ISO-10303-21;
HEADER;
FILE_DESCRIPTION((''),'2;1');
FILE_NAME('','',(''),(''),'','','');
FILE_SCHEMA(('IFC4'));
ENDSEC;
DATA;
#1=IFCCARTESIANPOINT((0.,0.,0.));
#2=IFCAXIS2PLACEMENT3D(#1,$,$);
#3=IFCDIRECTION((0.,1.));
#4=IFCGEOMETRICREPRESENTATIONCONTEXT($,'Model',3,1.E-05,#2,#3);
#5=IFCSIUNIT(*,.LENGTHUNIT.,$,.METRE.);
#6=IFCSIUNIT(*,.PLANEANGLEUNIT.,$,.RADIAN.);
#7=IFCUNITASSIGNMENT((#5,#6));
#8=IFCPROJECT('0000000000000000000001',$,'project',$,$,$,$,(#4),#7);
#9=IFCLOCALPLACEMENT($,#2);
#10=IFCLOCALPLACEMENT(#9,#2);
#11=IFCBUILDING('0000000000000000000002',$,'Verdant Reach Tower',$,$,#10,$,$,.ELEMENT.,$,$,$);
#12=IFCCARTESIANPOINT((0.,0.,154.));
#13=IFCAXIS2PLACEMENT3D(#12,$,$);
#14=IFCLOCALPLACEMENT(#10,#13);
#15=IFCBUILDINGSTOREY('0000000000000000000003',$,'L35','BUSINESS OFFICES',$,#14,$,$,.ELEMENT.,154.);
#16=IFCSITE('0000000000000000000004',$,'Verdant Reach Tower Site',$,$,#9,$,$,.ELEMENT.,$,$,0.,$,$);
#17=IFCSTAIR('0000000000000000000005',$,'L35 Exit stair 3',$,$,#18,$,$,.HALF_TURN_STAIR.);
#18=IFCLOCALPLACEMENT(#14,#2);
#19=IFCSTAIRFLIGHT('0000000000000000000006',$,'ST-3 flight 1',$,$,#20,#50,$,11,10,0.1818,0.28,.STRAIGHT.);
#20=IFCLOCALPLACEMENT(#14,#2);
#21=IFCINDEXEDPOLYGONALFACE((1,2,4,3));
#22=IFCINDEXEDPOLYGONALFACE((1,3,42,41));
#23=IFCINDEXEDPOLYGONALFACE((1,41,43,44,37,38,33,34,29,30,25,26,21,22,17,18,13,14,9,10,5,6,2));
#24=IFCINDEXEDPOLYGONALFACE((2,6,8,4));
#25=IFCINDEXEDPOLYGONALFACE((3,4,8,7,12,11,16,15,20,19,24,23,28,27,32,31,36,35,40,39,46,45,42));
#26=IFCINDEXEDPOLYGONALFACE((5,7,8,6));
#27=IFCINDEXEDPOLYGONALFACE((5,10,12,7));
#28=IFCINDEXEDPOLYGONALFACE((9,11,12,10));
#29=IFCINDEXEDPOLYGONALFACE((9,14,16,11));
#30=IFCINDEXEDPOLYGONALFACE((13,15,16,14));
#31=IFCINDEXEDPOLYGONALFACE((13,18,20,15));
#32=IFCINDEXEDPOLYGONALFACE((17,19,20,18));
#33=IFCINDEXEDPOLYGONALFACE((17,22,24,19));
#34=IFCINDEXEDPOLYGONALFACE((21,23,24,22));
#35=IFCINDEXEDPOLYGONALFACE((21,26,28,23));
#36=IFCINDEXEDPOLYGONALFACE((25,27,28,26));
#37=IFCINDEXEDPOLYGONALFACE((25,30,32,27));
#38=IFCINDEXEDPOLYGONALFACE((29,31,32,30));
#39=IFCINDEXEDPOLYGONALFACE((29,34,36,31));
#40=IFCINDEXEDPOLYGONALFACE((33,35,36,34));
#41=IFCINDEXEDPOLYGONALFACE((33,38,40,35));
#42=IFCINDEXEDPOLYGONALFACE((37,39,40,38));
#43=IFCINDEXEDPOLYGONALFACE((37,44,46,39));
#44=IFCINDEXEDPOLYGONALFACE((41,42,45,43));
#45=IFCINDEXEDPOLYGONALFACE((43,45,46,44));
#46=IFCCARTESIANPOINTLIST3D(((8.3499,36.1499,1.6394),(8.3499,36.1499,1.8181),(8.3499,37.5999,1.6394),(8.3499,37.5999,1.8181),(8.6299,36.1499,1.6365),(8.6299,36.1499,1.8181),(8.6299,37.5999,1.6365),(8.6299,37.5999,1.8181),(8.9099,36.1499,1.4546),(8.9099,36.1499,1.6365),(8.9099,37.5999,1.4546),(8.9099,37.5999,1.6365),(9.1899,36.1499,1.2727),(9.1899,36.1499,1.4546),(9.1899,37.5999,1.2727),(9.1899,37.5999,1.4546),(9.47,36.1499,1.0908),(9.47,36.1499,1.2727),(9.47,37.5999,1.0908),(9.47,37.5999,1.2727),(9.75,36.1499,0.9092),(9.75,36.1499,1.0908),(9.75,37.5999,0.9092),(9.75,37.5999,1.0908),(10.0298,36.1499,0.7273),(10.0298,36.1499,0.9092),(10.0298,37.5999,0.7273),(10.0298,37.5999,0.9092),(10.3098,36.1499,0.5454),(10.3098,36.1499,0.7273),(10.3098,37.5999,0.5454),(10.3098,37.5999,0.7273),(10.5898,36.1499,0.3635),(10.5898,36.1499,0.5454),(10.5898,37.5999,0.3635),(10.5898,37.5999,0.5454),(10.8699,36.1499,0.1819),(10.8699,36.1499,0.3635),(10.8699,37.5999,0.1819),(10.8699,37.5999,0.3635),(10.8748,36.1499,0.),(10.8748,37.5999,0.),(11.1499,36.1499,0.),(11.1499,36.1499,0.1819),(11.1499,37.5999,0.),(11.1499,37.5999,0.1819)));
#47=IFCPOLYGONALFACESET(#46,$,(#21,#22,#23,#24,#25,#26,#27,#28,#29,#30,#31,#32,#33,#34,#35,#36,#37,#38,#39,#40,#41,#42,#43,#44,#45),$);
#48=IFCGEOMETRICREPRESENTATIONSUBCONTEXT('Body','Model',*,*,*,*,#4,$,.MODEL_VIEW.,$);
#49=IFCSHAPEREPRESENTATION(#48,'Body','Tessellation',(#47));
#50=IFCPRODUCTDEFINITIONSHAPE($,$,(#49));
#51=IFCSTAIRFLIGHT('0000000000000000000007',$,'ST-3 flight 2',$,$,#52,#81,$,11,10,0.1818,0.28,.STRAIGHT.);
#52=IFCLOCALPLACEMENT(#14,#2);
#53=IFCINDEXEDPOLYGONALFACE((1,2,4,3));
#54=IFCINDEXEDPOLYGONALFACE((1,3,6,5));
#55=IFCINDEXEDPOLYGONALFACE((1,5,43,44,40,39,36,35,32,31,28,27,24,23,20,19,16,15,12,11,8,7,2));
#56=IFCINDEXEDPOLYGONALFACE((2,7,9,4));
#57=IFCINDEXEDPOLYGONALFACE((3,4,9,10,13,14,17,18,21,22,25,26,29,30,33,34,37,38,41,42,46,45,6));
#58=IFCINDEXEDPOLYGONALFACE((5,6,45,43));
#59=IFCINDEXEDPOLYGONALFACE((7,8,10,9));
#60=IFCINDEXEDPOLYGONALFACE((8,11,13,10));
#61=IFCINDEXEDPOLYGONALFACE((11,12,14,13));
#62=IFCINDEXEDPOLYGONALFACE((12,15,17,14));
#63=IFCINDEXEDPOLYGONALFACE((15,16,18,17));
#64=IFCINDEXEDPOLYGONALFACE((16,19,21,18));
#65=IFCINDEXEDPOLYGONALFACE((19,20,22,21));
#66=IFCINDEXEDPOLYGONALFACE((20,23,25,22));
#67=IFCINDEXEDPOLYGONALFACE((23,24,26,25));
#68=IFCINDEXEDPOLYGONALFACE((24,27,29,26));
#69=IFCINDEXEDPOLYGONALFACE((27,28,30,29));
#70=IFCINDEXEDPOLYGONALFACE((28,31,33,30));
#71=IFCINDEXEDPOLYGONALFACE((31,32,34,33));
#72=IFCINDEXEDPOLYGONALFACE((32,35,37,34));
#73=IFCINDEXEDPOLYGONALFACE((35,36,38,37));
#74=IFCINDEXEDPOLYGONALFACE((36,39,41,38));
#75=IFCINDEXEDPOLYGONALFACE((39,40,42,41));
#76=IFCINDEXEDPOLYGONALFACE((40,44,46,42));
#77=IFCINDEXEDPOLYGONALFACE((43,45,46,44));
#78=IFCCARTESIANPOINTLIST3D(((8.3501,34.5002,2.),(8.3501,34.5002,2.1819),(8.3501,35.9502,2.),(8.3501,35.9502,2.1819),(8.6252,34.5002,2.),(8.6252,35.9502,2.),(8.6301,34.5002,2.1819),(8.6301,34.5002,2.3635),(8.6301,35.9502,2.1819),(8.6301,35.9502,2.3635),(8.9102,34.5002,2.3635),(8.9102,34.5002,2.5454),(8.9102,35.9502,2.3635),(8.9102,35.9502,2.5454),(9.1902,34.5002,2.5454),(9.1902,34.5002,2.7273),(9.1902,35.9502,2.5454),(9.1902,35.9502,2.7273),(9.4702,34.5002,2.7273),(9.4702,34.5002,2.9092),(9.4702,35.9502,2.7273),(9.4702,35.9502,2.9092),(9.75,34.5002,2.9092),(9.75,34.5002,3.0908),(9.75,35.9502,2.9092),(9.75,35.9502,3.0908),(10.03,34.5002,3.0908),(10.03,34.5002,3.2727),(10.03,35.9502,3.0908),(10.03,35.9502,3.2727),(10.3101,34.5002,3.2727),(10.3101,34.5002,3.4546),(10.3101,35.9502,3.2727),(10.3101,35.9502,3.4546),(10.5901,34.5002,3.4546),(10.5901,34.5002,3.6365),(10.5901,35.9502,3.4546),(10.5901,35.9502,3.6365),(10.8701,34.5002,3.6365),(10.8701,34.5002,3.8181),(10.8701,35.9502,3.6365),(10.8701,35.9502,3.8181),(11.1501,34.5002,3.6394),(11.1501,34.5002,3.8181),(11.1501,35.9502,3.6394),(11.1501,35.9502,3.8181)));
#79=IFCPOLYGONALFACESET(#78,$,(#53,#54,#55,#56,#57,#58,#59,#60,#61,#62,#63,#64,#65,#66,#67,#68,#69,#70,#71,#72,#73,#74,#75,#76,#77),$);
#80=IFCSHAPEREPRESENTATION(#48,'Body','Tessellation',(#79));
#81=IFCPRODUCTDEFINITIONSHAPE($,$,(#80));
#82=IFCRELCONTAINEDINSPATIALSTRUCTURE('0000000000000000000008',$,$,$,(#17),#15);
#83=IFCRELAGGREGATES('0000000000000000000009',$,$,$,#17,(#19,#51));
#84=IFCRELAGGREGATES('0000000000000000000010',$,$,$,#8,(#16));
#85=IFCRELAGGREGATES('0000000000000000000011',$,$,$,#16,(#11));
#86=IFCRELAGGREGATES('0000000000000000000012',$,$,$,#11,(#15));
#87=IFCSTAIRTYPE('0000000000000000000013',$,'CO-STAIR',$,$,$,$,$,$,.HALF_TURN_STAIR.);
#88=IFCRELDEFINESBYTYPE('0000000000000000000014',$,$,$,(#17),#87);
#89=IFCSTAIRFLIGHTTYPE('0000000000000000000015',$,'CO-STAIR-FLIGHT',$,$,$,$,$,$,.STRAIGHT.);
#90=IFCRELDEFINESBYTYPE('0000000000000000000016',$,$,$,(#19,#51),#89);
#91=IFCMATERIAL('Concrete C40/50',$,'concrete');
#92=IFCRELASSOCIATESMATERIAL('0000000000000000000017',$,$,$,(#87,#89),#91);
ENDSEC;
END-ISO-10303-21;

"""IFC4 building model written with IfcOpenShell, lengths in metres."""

from ifc_helpers import new_model, si_unit, direction, frame, origin, place, context, subcontext, project, spatial, polyline, outline, extrude, material, type_object, element, aggregate, save


model = new_model("IFC4")

# Units and contexts
model_context = context("Model", 3, precision=1e-05, world=origin(), true_north=direction((0.0, 1.0)))
body_context = subcontext(model_context, "Body", "Model", "MODEL_VIEW")
ifc_project = project(units=[si_unit("LENGTHUNIT", "METRE"), si_unit("PLANEANGLEUNIT", "RADIAN")], contexts=[model_context])

# Site, building, storey
site_placement = place(None, origin())
site = spatial("IfcSite", under=ifc_project, at=site_placement, Name="Verdant Reach Tower Site", CompositionType="ELEMENT", RefElevation=0.0)
building_placement = place(site_placement, origin())
building = spatial("IfcBuilding", under=site, at=building_placement, Name="Verdant Reach Tower", CompositionType="ELEMENT")
storey_placement = place(building_placement, frame((0.0, 0.0, 154.0)))
storey = spatial("IfcBuildingStorey", under=building, at=storey_placement, Name="L35", Description="BUSINESS OFFICES", CompositionType="ELEMENT", Elevation=154.0)

# Shared definitions
ifc_material_1 = material(Name="Concrete C40/50", Category="concrete")

# Stair, stair flights
stair_type = type_object("IfcStairType", Name="CO-STAIR", PredefinedType="HALF_TURN_STAIR", material=ifc_material_1)
stair_placement = place(storey_placement, origin())
stair = element("IfcStair", 1, at=stair_placement, inside=storey, type_object=stair_type, Name="L35 Exit stair 3", PredefinedType="HALF_TURN_STAIR")
stair_flight_type = type_object("IfcStairFlightType", Name="CO-STAIR-FLIGHT", PredefinedType="STRAIGHT", material=ifc_material_1)
stair_flight_1_placement = place(storey_placement, frame((11.1499, 36.875, 0.0), z_axis=(0.0, 0.0, 1.0), x_axis=(-1.0, 0.0, 0.0)))
stair_flight_1 = element("IfcStairFlight", 2, at=stair_flight_1_placement, type_object=stair_flight_type, Name="ST-3 flight 1", NumberOfRisers=11, NumberOfTreads=10, PredefinedType="STRAIGHT", RiserHeight=0.1818, TreadLength=0.28, context=body_context, shape_type="SweptSolid", body=[
    extrude(outline(polyline([(0.0, 0.0), (0.0, 0.1819), (0.28, 0.1819), (0.28, 0.3635), (0.5601, 0.3635), (0.5601, 0.5454), (0.8401, 0.5454), (0.8401, 0.7273), (1.1201, 0.7273), (1.1201, 0.9092), (1.3999, 0.9092), (1.3999, 1.0908), (1.6799, 1.0908), (1.6799, 1.2727), (1.96, 1.2727), (1.96, 1.4546), (2.24, 1.4546), (2.24, 1.6365), (2.52, 1.6365), (2.52, 1.8181), (2.8, 1.8181), (2.8, 2.0), (2.8, 1.6394), (0.2751, 0.0), (0.0, 0.0)])), frame((0.0, 0.7251, 0.0), z_axis=(0.0, -1.0, 0.0), x_axis=(1.0, 0.0, 0.0)), (0.0, 0.0, 1.0), 1.45),
])
stair_flight_2_placement = place(storey_placement, frame((8.3501, 35.2251, 2.0), z_axis=(0.0, 0.0, 1.0), x_axis=(1.0, 0.0, 0.0)))
stair_flight_2 = element("IfcStairFlight", 3, at=stair_flight_2_placement, type_object=stair_flight_type, Name="ST-3 flight 2", NumberOfRisers=11, NumberOfTreads=10, PredefinedType="STRAIGHT", RiserHeight=0.1818, TreadLength=0.28, context=body_context, shape_type="SweptSolid", body=[
    extrude(outline(polyline([(0.0, 0.0), (0.0, 0.1819), (0.28, 0.1819), (0.28, 0.3635), (0.5601, 0.3635), (0.5601, 0.5454), (0.8401, 0.5454), (0.8401, 0.7273), (1.1201, 0.7273), (1.1201, 0.9092), (1.3999, 0.9092), (1.3999, 1.0908), (1.6799, 1.0908), (1.6799, 1.2727), (1.96, 1.2727), (1.96, 1.4546), (2.24, 1.4546), (2.24, 1.6365), (2.52, 1.6365), (2.52, 1.8181), (2.8, 1.8181), (2.8, 2.0), (2.8, 1.6394), (0.2751, 0.0), (0.0, 0.0)])), frame((0.0, 0.7251, 0.0), z_axis=(0.0, -1.0, 0.0), x_axis=(1.0, 0.0, 0.0)), (0.0, 0.0, 1.0), 1.45),
])
aggregate(stair, [stair_flight_1, stair_flight_2])

save(model, "model.ifc")
